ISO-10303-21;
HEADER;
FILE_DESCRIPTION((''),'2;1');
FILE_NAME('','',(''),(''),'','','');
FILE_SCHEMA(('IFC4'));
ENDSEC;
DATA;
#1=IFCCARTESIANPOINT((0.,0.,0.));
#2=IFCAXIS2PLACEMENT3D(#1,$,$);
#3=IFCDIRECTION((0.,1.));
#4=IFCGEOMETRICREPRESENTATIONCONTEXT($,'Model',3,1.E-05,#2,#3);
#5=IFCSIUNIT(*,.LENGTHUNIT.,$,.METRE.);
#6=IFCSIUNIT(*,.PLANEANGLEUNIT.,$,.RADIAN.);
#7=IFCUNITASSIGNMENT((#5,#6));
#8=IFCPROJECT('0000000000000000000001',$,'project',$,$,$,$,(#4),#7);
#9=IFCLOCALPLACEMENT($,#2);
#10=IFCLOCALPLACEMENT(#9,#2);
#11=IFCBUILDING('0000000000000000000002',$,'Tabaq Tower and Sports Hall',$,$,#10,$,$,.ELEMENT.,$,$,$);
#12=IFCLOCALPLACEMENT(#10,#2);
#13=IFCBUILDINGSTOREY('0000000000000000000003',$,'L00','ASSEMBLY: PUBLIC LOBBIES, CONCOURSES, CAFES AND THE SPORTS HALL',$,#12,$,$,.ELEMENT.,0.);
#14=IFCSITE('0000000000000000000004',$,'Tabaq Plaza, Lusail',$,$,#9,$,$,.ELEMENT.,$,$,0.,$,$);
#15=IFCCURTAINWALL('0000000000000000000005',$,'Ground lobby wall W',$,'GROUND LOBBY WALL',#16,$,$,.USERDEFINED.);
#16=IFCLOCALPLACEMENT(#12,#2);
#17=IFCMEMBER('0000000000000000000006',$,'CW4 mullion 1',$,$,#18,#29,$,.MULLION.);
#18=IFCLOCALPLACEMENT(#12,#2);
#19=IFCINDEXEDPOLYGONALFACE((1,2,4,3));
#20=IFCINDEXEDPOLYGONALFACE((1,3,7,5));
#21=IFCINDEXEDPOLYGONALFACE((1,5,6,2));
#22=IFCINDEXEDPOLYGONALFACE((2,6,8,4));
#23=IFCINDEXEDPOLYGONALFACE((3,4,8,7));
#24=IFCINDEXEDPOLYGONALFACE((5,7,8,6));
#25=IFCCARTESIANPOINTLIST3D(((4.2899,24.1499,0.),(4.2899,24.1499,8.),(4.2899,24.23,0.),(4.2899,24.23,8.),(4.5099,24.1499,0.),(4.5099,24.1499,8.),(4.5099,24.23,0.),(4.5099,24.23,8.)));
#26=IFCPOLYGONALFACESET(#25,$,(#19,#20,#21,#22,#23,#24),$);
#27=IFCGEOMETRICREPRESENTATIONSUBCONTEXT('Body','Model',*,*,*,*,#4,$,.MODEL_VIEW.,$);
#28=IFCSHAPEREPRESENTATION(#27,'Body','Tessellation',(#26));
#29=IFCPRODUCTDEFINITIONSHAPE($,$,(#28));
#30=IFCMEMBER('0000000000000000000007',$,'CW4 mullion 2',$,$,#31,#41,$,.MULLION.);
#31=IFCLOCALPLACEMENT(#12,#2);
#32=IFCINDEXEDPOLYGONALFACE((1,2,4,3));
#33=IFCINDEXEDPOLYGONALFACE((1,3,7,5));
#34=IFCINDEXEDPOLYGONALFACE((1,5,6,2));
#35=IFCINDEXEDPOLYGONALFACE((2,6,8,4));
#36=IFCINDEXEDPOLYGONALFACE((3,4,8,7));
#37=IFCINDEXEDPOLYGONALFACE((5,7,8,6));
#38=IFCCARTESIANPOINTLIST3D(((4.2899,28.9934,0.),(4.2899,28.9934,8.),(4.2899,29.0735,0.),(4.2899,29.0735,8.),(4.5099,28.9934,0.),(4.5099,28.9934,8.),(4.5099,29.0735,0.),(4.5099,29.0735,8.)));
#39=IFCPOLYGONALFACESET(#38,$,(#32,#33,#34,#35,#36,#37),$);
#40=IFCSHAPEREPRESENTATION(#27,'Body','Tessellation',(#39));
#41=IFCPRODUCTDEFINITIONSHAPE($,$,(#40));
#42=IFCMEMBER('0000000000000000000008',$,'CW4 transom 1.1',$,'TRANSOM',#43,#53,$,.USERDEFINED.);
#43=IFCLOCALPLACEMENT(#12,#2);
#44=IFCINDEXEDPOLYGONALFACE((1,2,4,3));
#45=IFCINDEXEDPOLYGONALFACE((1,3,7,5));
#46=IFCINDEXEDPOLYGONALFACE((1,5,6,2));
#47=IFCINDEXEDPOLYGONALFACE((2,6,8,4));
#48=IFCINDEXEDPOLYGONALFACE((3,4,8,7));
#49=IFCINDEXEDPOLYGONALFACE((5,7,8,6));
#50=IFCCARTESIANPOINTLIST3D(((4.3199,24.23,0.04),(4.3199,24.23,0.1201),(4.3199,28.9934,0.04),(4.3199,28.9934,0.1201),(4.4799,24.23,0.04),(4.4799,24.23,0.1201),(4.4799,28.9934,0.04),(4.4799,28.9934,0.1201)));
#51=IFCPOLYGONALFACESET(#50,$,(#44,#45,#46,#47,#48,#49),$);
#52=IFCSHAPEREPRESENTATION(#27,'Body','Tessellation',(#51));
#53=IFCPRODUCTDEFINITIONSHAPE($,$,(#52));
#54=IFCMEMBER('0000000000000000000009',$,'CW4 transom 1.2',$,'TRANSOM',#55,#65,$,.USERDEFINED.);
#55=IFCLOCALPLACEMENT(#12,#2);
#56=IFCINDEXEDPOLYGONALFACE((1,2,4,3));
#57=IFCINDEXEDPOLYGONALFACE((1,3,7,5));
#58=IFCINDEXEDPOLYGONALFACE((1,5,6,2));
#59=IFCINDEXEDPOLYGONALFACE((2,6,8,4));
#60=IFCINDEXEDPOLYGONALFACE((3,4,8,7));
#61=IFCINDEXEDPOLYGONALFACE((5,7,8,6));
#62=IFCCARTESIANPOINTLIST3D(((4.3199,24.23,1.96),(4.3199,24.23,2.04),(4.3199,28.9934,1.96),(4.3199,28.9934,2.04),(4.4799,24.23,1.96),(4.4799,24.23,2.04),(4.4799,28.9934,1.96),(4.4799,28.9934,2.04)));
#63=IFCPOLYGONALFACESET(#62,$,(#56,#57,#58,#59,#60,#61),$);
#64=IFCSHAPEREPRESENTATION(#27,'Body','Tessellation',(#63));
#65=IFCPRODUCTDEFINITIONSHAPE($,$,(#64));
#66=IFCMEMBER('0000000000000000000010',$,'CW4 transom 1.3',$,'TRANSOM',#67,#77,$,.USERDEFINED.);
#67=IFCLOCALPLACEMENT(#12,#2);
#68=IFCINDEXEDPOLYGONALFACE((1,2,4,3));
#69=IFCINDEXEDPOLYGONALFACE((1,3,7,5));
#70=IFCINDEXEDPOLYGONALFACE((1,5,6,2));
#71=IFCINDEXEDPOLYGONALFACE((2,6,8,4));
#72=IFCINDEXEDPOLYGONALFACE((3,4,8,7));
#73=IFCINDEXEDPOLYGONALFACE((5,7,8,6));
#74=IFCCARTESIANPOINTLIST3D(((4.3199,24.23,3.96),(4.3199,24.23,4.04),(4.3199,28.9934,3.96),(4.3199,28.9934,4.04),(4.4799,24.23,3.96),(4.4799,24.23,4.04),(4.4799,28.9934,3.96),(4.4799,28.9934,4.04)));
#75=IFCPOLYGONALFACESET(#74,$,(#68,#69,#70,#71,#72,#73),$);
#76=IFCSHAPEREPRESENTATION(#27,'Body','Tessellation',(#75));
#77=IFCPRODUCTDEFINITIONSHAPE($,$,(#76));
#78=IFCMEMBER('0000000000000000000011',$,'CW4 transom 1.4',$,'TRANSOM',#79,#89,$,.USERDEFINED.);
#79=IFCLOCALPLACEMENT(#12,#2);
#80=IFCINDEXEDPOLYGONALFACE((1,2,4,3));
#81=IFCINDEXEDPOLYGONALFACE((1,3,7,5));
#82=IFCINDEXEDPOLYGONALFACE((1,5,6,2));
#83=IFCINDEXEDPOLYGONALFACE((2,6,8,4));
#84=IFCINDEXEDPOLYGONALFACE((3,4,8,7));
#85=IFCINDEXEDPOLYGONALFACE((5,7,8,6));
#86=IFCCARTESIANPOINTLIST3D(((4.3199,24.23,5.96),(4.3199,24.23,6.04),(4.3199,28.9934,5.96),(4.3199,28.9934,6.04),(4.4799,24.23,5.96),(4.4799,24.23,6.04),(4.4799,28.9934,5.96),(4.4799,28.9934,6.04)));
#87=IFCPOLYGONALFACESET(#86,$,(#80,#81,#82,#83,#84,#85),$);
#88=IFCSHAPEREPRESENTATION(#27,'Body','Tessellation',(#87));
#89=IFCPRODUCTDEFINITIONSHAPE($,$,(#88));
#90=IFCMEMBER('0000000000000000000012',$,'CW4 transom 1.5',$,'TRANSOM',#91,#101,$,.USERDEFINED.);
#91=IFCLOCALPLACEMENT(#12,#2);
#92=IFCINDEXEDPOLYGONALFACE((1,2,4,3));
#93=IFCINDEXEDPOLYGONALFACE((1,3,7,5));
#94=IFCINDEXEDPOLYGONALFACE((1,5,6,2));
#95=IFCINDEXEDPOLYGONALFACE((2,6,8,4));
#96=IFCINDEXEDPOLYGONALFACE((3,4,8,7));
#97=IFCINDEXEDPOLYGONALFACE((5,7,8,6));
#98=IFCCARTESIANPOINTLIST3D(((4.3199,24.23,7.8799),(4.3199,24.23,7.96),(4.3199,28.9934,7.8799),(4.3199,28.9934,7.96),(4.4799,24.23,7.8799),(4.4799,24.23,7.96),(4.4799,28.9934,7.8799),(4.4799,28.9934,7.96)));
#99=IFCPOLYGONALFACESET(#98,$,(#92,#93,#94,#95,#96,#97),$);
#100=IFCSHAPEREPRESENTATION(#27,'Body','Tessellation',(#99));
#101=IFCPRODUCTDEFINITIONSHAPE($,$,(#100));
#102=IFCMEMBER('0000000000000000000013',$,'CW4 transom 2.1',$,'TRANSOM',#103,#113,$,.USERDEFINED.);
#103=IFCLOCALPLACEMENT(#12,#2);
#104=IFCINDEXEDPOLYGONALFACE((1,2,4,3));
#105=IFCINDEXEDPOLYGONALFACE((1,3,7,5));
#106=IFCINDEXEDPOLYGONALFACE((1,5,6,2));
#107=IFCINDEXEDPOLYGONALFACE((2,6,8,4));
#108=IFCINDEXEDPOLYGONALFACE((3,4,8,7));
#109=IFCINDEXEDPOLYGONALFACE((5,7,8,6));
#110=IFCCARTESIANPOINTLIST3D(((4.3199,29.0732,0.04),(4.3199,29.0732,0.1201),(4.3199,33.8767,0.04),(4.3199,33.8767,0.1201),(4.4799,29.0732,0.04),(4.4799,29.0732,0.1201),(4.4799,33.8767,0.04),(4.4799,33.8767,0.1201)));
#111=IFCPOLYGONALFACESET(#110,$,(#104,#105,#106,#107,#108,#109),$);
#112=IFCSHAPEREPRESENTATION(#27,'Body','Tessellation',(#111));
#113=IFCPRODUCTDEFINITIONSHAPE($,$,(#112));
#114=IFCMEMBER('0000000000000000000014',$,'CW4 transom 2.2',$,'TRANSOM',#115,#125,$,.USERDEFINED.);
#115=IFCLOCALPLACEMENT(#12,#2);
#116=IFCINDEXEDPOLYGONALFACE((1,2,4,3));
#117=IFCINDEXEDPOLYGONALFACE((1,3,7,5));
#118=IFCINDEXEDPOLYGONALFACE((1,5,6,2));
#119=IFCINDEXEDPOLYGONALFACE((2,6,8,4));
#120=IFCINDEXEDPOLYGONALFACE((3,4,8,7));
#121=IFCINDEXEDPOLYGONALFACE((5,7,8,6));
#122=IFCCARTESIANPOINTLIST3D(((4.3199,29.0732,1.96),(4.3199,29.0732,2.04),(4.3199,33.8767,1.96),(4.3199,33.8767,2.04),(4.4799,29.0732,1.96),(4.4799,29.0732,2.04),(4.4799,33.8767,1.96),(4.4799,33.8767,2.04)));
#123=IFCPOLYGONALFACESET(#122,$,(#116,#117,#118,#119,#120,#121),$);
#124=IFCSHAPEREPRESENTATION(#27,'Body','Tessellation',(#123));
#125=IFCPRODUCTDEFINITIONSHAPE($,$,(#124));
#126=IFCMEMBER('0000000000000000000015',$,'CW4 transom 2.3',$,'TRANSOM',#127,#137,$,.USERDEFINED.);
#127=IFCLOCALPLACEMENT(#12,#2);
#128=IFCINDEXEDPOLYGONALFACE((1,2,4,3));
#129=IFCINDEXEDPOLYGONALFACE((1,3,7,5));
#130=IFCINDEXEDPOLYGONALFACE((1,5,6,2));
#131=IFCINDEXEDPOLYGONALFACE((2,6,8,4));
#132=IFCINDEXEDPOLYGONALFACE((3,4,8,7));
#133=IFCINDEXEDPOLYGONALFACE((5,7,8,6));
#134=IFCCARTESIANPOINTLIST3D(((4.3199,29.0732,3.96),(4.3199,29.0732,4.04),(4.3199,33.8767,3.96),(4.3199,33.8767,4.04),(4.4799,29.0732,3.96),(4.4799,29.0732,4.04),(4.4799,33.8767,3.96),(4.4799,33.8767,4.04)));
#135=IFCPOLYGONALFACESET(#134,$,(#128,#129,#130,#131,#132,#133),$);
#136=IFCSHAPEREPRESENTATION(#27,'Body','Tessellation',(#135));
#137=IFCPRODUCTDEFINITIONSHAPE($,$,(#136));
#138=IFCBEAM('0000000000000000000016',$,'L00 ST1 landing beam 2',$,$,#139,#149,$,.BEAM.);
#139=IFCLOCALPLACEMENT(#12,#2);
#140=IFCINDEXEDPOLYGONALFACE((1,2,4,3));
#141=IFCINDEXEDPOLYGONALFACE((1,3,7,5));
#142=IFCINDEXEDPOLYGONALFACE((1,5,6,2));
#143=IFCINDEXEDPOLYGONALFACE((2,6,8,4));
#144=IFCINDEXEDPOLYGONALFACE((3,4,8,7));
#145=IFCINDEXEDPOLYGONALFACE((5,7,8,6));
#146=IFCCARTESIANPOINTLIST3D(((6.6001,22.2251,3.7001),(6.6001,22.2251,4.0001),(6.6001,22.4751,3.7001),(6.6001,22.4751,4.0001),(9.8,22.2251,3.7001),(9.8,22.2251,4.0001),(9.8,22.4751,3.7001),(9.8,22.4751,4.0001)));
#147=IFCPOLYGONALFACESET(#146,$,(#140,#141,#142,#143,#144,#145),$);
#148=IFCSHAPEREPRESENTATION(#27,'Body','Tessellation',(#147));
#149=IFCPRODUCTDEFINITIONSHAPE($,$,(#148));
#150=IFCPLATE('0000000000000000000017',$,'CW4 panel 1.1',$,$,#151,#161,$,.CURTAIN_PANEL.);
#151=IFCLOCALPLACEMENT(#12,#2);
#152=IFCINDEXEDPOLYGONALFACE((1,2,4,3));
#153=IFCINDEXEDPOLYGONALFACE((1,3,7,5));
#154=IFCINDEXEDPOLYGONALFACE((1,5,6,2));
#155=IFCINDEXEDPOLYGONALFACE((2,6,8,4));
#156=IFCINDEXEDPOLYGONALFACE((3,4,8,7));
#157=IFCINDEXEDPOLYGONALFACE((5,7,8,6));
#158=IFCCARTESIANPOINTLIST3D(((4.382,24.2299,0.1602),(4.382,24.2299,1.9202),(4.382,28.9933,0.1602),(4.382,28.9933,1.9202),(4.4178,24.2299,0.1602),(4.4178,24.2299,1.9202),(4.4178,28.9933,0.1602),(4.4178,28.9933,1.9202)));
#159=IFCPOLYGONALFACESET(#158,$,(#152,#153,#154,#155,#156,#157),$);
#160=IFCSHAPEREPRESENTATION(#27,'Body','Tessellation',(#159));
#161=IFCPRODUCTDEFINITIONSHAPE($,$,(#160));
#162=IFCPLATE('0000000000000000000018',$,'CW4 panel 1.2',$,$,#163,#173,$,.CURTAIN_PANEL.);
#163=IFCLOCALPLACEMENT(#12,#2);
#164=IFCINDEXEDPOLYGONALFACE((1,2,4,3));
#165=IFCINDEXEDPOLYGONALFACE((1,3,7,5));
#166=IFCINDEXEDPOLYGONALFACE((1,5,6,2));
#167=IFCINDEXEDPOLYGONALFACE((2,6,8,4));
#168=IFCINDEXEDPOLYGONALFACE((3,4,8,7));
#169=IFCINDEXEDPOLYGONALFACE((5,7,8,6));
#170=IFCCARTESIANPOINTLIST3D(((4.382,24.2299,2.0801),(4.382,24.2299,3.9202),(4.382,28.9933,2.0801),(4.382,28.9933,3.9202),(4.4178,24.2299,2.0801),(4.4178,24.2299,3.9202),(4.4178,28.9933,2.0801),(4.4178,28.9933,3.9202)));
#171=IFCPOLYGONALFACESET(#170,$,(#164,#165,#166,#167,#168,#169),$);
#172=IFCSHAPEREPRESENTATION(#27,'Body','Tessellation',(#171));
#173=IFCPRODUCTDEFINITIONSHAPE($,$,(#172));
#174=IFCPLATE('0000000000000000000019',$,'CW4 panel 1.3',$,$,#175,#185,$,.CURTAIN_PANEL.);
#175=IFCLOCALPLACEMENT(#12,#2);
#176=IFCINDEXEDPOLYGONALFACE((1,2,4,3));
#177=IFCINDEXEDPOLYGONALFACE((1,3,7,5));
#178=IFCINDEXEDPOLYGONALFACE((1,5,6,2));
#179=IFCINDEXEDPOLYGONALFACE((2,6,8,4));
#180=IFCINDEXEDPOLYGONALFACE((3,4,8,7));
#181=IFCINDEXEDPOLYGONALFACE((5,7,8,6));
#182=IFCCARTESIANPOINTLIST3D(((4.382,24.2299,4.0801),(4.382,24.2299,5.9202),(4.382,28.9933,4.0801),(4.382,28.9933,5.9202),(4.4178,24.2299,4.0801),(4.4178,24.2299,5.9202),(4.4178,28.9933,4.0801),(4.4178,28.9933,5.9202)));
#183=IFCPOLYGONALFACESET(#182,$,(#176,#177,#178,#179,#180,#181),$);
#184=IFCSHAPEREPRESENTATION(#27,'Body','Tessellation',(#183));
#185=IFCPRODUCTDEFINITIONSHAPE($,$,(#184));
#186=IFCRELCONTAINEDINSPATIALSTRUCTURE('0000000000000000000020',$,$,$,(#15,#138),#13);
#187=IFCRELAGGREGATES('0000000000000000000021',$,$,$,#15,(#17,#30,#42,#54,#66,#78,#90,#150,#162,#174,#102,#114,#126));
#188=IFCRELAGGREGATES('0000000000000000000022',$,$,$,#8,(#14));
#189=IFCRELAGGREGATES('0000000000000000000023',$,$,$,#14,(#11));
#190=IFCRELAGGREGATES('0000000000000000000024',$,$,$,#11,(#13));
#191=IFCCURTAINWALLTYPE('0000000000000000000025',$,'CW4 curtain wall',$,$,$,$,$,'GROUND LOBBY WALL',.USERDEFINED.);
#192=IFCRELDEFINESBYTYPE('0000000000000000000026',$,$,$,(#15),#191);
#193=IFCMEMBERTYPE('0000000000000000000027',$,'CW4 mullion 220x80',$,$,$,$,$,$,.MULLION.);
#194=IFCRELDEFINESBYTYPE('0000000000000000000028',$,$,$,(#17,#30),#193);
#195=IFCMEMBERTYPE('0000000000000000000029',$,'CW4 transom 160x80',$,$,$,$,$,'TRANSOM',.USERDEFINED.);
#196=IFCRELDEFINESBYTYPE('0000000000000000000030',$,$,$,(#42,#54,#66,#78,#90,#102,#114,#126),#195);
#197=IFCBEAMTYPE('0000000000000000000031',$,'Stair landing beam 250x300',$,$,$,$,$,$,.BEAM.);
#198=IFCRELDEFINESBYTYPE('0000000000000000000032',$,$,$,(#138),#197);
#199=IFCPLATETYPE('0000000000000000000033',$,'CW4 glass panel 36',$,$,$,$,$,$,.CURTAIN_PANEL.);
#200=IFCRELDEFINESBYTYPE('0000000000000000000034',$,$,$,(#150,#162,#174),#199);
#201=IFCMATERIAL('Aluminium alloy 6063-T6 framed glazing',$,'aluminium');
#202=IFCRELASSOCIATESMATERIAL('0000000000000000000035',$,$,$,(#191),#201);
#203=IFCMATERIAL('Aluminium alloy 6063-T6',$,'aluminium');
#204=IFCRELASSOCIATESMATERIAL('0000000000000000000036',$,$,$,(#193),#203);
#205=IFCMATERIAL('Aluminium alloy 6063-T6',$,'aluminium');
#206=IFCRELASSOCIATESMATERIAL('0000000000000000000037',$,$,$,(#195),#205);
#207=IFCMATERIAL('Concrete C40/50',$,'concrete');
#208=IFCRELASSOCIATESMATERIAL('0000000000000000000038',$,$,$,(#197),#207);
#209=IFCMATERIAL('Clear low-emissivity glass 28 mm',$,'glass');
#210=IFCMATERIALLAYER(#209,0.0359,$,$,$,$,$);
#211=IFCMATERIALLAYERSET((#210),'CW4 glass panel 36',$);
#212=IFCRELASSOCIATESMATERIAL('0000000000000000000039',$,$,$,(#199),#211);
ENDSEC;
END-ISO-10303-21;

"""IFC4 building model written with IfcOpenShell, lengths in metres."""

from ifc_helpers import new_model, si_unit, direction, frame, origin, origin_2d, place, context, subcontext, project, spatial, rectangle, extrude, material, layer, layer_set, material_profile, profile_set, type_object, element, aggregate, save


model = new_model("IFC4")

# Units and contexts
model_context = context("Model", 3, precision=1e-05, world=origin(), true_north=direction((0.0, 1.0)))
body_context = subcontext(model_context, "Body", "Model", "MODEL_VIEW")
ifc_project = project(units=[si_unit("LENGTHUNIT", "METRE"), si_unit("PLANEANGLEUNIT", "RADIAN")], contexts=[model_context])

# Site, building, storey
site_placement = place(None, origin())
site = spatial("IfcSite", under=ifc_project, at=site_placement, Name="Tabaq Plaza, Lusail", CompositionType="ELEMENT", RefElevation=0.0)
building_placement = place(site_placement, origin())
building = spatial("IfcBuilding", under=site, at=building_placement, Name="Tabaq Tower and Sports Hall", CompositionType="ELEMENT")
storey_placement = place(building_placement, origin())
storey = spatial("IfcBuildingStorey", under=building, at=storey_placement, Name="L00", Description="ASSEMBLY: PUBLIC LOBBIES, CONCOURSES, CAFES AND THE SPORTS HALL", CompositionType="ELEMENT", Elevation=0.0)

# Curtain wall, members
ifc_material_1 = material(Name="Aluminium alloy 6063-T6 framed glazing", Category="aluminium")
curtain_wall_type = type_object("IfcCurtainWallType", Name="CW4 curtain wall", ElementType="GROUND LOBBY WALL", PredefinedType="USERDEFINED", material=ifc_material_1)
curtain_wall_placement = place(storey_placement, origin())
curtain_wall = element("IfcCurtainWall", 1, at=curtain_wall_placement, inside=storey, type_object=curtain_wall_type, Name="Ground lobby wall W", ObjectType="GROUND LOBBY WALL", PredefinedType="USERDEFINED")
ifc_material_2 = material(Name="Aluminium alloy 6063-T6", Category="aluminium")
ifc_material_profile_1 = material_profile(ifc_material_2, rectangle(XDim=0.22, YDim=0.0801, at=origin_2d()), Name="MULLION 220x80")
ifc_profile_set_1 = profile_set([ifc_material_profile_1], Name="Aluminium alloy 6063-T6")
member_type_1 = type_object("IfcMemberType", Name="CW4 mullion 220x80", PredefinedType="MULLION", material=ifc_profile_set_1)
member_1_placement = place(storey_placement, frame((4.3999, 24.1899, 0.0), z_axis=(0.0, 0.0, 1.0), x_axis=(-1.0, 0.0, 0.0)))
member_1 = element("IfcMember", 2, at=member_1_placement, type_object=member_type_1, Name="CW4 mullion 1", PredefinedType="MULLION", context=body_context, shape_type="SweptSolid", body=[
    extrude(rectangle(XDim=0.22, YDim=0.0801, at=origin_2d()), origin(), (0.0, 0.0, 1.0), 8.0),
])
member_2_placement = place(storey_placement, frame((4.3999, 29.0334, 0.0), z_axis=(0.0, 0.0, 1.0), x_axis=(-1.0, 0.0, 0.0)))
member_2 = element("IfcMember", 3, at=member_2_placement, type_object=member_type_1, Name="CW4 mullion 2", PredefinedType="MULLION", context=body_context, shape_type="SweptSolid", body=[
    extrude(rectangle(XDim=0.22, YDim=0.0801, at=origin_2d()), origin(), (0.0, 0.0, 1.0), 8.0),
])
ifc_material_3 = material(Name="Aluminium alloy 6063-T6", Category="aluminium")
ifc_material_profile_2 = material_profile(ifc_material_3, rectangle(XDim=0.1599, YDim=0.0801, at=origin_2d()), Name="TRANSOM 160x80")
ifc_profile_set_2 = profile_set([ifc_material_profile_2], Name="Aluminium alloy 6063-T6")
member_type_2 = type_object("IfcMemberType", Name="CW4 transom 160x80", ElementType="TRANSOM", PredefinedType="USERDEFINED", material=ifc_profile_set_2)
member_3_placement = place(storey_placement, frame((4.3999, 24.23, 0.0801), z_axis=(0.0, 1.0, 0.0), x_axis=(-1.0, 0.0, 0.0)))
member_3 = element("IfcMember", 4, at=member_3_placement, type_object=member_type_2, Name="CW4 transom 1.1", ObjectType="TRANSOM", PredefinedType="USERDEFINED", context=body_context, shape_type="SweptSolid", body=[
    extrude(rectangle(XDim=0.1599, YDim=0.0801, at=origin_2d()), origin(), (0.0, 0.0, 1.0), 4.7634),
])
member_4_placement = place(storey_placement, frame((4.3999, 24.23, 2.0), z_axis=(0.0, 1.0, 0.0), x_axis=(-1.0, 0.0, 0.0)))
member_4 = element("IfcMember", 5, at=member_4_placement, type_object=member_type_2, Name="CW4 transom 1.2", ObjectType="TRANSOM", PredefinedType="USERDEFINED", context=body_context, shape_type="SweptSolid", body=[
    extrude(rectangle(XDim=0.1599, YDim=0.0801, at=origin_2d()), origin(), (0.0, 0.0, 1.0), 4.7634),
])
member_5_placement = place(storey_placement, frame((4.3999, 24.23, 4.0), z_axis=(0.0, 1.0, 0.0), x_axis=(-1.0, 0.0, 0.0)))
member_5 = element("IfcMember", 6, at=member_5_placement, type_object=member_type_2, Name="CW4 transom 1.3", ObjectType="TRANSOM", PredefinedType="USERDEFINED", context=body_context, shape_type="SweptSolid", body=[
    extrude(rectangle(XDim=0.1599, YDim=0.0801, at=origin_2d()), origin(), (0.0, 0.0, 1.0), 4.7634),
])
member_6_placement = place(storey_placement, frame((4.3999, 24.23, 6.0), z_axis=(0.0, 1.0, 0.0), x_axis=(-1.0, 0.0, 0.0)))
member_6 = element("IfcMember", 7, at=member_6_placement, type_object=member_type_2, Name="CW4 transom 1.4", ObjectType="TRANSOM", PredefinedType="USERDEFINED", context=body_context, shape_type="SweptSolid", body=[
    extrude(rectangle(XDim=0.1599, YDim=0.0801, at=origin_2d()), origin(), (0.0, 0.0, 1.0), 4.7634),
])
member_7_placement = place(storey_placement, frame((4.3999, 24.23, 7.9199), z_axis=(0.0, 1.0, 0.0), x_axis=(-1.0, 0.0, 0.0)))
member_7 = element("IfcMember", 8, at=member_7_placement, type_object=member_type_2, Name="CW4 transom 1.5", ObjectType="TRANSOM", PredefinedType="USERDEFINED", context=body_context, shape_type="SweptSolid", body=[
    extrude(rectangle(XDim=0.1599, YDim=0.0801, at=origin_2d()), origin(), (0.0, 0.0, 1.0), 4.7634),
])
member_8_placement = place(storey_placement, frame((4.3999, 29.0732, 0.0801), z_axis=(0.0, 1.0, 0.0), x_axis=(-1.0, 0.0, 0.0)))
member_8 = element("IfcMember", 9, at=member_8_placement, type_object=member_type_2, Name="CW4 transom 2.1", ObjectType="TRANSOM", PredefinedType="USERDEFINED", context=body_context, shape_type="SweptSolid", body=[
    extrude(rectangle(XDim=0.1599, YDim=0.0801, at=origin_2d()), origin(), (0.0, 0.0, 1.0), 4.8035),
])
member_9_placement = place(storey_placement, frame((4.3999, 29.0732, 2.0), z_axis=(0.0, 1.0, 0.0), x_axis=(-1.0, 0.0, 0.0)))
member_9 = element("IfcMember", 10, at=member_9_placement, type_object=member_type_2, Name="CW4 transom 2.2", ObjectType="TRANSOM", PredefinedType="USERDEFINED", context=body_context, shape_type="SweptSolid", body=[
    extrude(rectangle(XDim=0.1599, YDim=0.0801, at=origin_2d()), origin(), (0.0, 0.0, 1.0), 4.8035),
])
member_10_placement = place(storey_placement, frame((4.3999, 29.0732, 4.0), z_axis=(0.0, 1.0, 0.0), x_axis=(-1.0, 0.0, 0.0)))
member_10 = element("IfcMember", 11, at=member_10_placement, type_object=member_type_2, Name="CW4 transom 2.3", ObjectType="TRANSOM", PredefinedType="USERDEFINED", context=body_context, shape_type="SweptSolid", body=[
    extrude(rectangle(XDim=0.1599, YDim=0.0801, at=origin_2d()), origin(), (0.0, 0.0, 1.0), 4.8035),
])

# Beam
ifc_material_4 = material(Name="Concrete C40/50", Category="concrete")
ifc_material_profile_3 = material_profile(ifc_material_4, rectangle(XDim=0.25, YDim=0.3, at=origin_2d()), Name="RC 250x300")
ifc_profile_set_3 = profile_set([ifc_material_profile_3], Name="Concrete C40/50")
beam_type = type_object("IfcBeamType", Name="Stair landing beam 250x300", PredefinedType="BEAM", material=ifc_profile_set_3)
beam_placement = place(storey_placement, frame((6.6001, 22.3501, 3.8501), z_axis=(1.0, 0.0, 0.0), x_axis=(0.0, 1.0, 0.0)))
element("IfcBeam", 12, at=beam_placement, inside=storey, type_object=beam_type, Name="L00 ST1 landing beam 2", PredefinedType="BEAM", context=body_context, shape_type="SweptSolid", body=[
    extrude(rectangle(XDim=0.25, YDim=0.3, at=origin_2d()), origin(), (0.0, 0.0, 1.0), 3.2),
])

# Plates
ifc_material_5 = material(Name="Clear low-emissivity glass 28 mm", Category="glass")
ifc_layer_1 = layer(ifc_material_5, 0.0359)
ifc_layer_set_1 = layer_set([ifc_layer_1], Name="CW4 glass panel 36")
plate_type = type_object("IfcPlateType", Name="CW4 glass panel 36", PredefinedType="CURTAIN_PANEL", material=ifc_layer_set_1)
plate_1_placement = place(storey_placement, frame((4.3999, 26.6116, 0.1602), z_axis=(0.0, 0.0, 1.0), x_axis=(0.0, 1.0, 0.0)))
plate_1 = element("IfcPlate", 13, at=plate_1_placement, type_object=plate_type, Name="CW4 panel 1.1", PredefinedType="CURTAIN_PANEL", context=body_context, shape_type="SweptSolid", body=[
    extrude(rectangle(XDim=4.7634, YDim=0.0359, at=origin_2d()), origin(), (0.0, 0.0, 1.0), 1.76),
])
plate_2_placement = place(storey_placement, frame((4.3999, 26.6116, 2.0801), z_axis=(0.0, 0.0, 1.0), x_axis=(0.0, 1.0, 0.0)))
plate_2 = element("IfcPlate", 14, at=plate_2_placement, type_object=plate_type, Name="CW4 panel 1.2", PredefinedType="CURTAIN_PANEL", context=body_context, shape_type="SweptSolid", body=[
    extrude(rectangle(XDim=4.7634, YDim=0.0359, at=origin_2d()), origin(), (0.0, 0.0, 1.0), 1.8401),
])
plate_3_placement = place(storey_placement, frame((4.3999, 26.6116, 4.0801), z_axis=(0.0, 0.0, 1.0), x_axis=(0.0, 1.0, 0.0)))
plate_3 = element("IfcPlate", 15, at=plate_3_placement, type_object=plate_type, Name="CW4 panel 1.3", PredefinedType="CURTAIN_PANEL", context=body_context, shape_type="SweptSolid", body=[
    extrude(rectangle(XDim=4.7634, YDim=0.0359, at=origin_2d()), origin(), (0.0, 0.0, 1.0), 1.8401),
])
aggregate(curtain_wall, [member_1, member_2, member_3, member_4, member_5, member_6, member_7, plate_1, plate_2, plate_3, member_8, member_9, member_10])

save(model, "model.ifc")
